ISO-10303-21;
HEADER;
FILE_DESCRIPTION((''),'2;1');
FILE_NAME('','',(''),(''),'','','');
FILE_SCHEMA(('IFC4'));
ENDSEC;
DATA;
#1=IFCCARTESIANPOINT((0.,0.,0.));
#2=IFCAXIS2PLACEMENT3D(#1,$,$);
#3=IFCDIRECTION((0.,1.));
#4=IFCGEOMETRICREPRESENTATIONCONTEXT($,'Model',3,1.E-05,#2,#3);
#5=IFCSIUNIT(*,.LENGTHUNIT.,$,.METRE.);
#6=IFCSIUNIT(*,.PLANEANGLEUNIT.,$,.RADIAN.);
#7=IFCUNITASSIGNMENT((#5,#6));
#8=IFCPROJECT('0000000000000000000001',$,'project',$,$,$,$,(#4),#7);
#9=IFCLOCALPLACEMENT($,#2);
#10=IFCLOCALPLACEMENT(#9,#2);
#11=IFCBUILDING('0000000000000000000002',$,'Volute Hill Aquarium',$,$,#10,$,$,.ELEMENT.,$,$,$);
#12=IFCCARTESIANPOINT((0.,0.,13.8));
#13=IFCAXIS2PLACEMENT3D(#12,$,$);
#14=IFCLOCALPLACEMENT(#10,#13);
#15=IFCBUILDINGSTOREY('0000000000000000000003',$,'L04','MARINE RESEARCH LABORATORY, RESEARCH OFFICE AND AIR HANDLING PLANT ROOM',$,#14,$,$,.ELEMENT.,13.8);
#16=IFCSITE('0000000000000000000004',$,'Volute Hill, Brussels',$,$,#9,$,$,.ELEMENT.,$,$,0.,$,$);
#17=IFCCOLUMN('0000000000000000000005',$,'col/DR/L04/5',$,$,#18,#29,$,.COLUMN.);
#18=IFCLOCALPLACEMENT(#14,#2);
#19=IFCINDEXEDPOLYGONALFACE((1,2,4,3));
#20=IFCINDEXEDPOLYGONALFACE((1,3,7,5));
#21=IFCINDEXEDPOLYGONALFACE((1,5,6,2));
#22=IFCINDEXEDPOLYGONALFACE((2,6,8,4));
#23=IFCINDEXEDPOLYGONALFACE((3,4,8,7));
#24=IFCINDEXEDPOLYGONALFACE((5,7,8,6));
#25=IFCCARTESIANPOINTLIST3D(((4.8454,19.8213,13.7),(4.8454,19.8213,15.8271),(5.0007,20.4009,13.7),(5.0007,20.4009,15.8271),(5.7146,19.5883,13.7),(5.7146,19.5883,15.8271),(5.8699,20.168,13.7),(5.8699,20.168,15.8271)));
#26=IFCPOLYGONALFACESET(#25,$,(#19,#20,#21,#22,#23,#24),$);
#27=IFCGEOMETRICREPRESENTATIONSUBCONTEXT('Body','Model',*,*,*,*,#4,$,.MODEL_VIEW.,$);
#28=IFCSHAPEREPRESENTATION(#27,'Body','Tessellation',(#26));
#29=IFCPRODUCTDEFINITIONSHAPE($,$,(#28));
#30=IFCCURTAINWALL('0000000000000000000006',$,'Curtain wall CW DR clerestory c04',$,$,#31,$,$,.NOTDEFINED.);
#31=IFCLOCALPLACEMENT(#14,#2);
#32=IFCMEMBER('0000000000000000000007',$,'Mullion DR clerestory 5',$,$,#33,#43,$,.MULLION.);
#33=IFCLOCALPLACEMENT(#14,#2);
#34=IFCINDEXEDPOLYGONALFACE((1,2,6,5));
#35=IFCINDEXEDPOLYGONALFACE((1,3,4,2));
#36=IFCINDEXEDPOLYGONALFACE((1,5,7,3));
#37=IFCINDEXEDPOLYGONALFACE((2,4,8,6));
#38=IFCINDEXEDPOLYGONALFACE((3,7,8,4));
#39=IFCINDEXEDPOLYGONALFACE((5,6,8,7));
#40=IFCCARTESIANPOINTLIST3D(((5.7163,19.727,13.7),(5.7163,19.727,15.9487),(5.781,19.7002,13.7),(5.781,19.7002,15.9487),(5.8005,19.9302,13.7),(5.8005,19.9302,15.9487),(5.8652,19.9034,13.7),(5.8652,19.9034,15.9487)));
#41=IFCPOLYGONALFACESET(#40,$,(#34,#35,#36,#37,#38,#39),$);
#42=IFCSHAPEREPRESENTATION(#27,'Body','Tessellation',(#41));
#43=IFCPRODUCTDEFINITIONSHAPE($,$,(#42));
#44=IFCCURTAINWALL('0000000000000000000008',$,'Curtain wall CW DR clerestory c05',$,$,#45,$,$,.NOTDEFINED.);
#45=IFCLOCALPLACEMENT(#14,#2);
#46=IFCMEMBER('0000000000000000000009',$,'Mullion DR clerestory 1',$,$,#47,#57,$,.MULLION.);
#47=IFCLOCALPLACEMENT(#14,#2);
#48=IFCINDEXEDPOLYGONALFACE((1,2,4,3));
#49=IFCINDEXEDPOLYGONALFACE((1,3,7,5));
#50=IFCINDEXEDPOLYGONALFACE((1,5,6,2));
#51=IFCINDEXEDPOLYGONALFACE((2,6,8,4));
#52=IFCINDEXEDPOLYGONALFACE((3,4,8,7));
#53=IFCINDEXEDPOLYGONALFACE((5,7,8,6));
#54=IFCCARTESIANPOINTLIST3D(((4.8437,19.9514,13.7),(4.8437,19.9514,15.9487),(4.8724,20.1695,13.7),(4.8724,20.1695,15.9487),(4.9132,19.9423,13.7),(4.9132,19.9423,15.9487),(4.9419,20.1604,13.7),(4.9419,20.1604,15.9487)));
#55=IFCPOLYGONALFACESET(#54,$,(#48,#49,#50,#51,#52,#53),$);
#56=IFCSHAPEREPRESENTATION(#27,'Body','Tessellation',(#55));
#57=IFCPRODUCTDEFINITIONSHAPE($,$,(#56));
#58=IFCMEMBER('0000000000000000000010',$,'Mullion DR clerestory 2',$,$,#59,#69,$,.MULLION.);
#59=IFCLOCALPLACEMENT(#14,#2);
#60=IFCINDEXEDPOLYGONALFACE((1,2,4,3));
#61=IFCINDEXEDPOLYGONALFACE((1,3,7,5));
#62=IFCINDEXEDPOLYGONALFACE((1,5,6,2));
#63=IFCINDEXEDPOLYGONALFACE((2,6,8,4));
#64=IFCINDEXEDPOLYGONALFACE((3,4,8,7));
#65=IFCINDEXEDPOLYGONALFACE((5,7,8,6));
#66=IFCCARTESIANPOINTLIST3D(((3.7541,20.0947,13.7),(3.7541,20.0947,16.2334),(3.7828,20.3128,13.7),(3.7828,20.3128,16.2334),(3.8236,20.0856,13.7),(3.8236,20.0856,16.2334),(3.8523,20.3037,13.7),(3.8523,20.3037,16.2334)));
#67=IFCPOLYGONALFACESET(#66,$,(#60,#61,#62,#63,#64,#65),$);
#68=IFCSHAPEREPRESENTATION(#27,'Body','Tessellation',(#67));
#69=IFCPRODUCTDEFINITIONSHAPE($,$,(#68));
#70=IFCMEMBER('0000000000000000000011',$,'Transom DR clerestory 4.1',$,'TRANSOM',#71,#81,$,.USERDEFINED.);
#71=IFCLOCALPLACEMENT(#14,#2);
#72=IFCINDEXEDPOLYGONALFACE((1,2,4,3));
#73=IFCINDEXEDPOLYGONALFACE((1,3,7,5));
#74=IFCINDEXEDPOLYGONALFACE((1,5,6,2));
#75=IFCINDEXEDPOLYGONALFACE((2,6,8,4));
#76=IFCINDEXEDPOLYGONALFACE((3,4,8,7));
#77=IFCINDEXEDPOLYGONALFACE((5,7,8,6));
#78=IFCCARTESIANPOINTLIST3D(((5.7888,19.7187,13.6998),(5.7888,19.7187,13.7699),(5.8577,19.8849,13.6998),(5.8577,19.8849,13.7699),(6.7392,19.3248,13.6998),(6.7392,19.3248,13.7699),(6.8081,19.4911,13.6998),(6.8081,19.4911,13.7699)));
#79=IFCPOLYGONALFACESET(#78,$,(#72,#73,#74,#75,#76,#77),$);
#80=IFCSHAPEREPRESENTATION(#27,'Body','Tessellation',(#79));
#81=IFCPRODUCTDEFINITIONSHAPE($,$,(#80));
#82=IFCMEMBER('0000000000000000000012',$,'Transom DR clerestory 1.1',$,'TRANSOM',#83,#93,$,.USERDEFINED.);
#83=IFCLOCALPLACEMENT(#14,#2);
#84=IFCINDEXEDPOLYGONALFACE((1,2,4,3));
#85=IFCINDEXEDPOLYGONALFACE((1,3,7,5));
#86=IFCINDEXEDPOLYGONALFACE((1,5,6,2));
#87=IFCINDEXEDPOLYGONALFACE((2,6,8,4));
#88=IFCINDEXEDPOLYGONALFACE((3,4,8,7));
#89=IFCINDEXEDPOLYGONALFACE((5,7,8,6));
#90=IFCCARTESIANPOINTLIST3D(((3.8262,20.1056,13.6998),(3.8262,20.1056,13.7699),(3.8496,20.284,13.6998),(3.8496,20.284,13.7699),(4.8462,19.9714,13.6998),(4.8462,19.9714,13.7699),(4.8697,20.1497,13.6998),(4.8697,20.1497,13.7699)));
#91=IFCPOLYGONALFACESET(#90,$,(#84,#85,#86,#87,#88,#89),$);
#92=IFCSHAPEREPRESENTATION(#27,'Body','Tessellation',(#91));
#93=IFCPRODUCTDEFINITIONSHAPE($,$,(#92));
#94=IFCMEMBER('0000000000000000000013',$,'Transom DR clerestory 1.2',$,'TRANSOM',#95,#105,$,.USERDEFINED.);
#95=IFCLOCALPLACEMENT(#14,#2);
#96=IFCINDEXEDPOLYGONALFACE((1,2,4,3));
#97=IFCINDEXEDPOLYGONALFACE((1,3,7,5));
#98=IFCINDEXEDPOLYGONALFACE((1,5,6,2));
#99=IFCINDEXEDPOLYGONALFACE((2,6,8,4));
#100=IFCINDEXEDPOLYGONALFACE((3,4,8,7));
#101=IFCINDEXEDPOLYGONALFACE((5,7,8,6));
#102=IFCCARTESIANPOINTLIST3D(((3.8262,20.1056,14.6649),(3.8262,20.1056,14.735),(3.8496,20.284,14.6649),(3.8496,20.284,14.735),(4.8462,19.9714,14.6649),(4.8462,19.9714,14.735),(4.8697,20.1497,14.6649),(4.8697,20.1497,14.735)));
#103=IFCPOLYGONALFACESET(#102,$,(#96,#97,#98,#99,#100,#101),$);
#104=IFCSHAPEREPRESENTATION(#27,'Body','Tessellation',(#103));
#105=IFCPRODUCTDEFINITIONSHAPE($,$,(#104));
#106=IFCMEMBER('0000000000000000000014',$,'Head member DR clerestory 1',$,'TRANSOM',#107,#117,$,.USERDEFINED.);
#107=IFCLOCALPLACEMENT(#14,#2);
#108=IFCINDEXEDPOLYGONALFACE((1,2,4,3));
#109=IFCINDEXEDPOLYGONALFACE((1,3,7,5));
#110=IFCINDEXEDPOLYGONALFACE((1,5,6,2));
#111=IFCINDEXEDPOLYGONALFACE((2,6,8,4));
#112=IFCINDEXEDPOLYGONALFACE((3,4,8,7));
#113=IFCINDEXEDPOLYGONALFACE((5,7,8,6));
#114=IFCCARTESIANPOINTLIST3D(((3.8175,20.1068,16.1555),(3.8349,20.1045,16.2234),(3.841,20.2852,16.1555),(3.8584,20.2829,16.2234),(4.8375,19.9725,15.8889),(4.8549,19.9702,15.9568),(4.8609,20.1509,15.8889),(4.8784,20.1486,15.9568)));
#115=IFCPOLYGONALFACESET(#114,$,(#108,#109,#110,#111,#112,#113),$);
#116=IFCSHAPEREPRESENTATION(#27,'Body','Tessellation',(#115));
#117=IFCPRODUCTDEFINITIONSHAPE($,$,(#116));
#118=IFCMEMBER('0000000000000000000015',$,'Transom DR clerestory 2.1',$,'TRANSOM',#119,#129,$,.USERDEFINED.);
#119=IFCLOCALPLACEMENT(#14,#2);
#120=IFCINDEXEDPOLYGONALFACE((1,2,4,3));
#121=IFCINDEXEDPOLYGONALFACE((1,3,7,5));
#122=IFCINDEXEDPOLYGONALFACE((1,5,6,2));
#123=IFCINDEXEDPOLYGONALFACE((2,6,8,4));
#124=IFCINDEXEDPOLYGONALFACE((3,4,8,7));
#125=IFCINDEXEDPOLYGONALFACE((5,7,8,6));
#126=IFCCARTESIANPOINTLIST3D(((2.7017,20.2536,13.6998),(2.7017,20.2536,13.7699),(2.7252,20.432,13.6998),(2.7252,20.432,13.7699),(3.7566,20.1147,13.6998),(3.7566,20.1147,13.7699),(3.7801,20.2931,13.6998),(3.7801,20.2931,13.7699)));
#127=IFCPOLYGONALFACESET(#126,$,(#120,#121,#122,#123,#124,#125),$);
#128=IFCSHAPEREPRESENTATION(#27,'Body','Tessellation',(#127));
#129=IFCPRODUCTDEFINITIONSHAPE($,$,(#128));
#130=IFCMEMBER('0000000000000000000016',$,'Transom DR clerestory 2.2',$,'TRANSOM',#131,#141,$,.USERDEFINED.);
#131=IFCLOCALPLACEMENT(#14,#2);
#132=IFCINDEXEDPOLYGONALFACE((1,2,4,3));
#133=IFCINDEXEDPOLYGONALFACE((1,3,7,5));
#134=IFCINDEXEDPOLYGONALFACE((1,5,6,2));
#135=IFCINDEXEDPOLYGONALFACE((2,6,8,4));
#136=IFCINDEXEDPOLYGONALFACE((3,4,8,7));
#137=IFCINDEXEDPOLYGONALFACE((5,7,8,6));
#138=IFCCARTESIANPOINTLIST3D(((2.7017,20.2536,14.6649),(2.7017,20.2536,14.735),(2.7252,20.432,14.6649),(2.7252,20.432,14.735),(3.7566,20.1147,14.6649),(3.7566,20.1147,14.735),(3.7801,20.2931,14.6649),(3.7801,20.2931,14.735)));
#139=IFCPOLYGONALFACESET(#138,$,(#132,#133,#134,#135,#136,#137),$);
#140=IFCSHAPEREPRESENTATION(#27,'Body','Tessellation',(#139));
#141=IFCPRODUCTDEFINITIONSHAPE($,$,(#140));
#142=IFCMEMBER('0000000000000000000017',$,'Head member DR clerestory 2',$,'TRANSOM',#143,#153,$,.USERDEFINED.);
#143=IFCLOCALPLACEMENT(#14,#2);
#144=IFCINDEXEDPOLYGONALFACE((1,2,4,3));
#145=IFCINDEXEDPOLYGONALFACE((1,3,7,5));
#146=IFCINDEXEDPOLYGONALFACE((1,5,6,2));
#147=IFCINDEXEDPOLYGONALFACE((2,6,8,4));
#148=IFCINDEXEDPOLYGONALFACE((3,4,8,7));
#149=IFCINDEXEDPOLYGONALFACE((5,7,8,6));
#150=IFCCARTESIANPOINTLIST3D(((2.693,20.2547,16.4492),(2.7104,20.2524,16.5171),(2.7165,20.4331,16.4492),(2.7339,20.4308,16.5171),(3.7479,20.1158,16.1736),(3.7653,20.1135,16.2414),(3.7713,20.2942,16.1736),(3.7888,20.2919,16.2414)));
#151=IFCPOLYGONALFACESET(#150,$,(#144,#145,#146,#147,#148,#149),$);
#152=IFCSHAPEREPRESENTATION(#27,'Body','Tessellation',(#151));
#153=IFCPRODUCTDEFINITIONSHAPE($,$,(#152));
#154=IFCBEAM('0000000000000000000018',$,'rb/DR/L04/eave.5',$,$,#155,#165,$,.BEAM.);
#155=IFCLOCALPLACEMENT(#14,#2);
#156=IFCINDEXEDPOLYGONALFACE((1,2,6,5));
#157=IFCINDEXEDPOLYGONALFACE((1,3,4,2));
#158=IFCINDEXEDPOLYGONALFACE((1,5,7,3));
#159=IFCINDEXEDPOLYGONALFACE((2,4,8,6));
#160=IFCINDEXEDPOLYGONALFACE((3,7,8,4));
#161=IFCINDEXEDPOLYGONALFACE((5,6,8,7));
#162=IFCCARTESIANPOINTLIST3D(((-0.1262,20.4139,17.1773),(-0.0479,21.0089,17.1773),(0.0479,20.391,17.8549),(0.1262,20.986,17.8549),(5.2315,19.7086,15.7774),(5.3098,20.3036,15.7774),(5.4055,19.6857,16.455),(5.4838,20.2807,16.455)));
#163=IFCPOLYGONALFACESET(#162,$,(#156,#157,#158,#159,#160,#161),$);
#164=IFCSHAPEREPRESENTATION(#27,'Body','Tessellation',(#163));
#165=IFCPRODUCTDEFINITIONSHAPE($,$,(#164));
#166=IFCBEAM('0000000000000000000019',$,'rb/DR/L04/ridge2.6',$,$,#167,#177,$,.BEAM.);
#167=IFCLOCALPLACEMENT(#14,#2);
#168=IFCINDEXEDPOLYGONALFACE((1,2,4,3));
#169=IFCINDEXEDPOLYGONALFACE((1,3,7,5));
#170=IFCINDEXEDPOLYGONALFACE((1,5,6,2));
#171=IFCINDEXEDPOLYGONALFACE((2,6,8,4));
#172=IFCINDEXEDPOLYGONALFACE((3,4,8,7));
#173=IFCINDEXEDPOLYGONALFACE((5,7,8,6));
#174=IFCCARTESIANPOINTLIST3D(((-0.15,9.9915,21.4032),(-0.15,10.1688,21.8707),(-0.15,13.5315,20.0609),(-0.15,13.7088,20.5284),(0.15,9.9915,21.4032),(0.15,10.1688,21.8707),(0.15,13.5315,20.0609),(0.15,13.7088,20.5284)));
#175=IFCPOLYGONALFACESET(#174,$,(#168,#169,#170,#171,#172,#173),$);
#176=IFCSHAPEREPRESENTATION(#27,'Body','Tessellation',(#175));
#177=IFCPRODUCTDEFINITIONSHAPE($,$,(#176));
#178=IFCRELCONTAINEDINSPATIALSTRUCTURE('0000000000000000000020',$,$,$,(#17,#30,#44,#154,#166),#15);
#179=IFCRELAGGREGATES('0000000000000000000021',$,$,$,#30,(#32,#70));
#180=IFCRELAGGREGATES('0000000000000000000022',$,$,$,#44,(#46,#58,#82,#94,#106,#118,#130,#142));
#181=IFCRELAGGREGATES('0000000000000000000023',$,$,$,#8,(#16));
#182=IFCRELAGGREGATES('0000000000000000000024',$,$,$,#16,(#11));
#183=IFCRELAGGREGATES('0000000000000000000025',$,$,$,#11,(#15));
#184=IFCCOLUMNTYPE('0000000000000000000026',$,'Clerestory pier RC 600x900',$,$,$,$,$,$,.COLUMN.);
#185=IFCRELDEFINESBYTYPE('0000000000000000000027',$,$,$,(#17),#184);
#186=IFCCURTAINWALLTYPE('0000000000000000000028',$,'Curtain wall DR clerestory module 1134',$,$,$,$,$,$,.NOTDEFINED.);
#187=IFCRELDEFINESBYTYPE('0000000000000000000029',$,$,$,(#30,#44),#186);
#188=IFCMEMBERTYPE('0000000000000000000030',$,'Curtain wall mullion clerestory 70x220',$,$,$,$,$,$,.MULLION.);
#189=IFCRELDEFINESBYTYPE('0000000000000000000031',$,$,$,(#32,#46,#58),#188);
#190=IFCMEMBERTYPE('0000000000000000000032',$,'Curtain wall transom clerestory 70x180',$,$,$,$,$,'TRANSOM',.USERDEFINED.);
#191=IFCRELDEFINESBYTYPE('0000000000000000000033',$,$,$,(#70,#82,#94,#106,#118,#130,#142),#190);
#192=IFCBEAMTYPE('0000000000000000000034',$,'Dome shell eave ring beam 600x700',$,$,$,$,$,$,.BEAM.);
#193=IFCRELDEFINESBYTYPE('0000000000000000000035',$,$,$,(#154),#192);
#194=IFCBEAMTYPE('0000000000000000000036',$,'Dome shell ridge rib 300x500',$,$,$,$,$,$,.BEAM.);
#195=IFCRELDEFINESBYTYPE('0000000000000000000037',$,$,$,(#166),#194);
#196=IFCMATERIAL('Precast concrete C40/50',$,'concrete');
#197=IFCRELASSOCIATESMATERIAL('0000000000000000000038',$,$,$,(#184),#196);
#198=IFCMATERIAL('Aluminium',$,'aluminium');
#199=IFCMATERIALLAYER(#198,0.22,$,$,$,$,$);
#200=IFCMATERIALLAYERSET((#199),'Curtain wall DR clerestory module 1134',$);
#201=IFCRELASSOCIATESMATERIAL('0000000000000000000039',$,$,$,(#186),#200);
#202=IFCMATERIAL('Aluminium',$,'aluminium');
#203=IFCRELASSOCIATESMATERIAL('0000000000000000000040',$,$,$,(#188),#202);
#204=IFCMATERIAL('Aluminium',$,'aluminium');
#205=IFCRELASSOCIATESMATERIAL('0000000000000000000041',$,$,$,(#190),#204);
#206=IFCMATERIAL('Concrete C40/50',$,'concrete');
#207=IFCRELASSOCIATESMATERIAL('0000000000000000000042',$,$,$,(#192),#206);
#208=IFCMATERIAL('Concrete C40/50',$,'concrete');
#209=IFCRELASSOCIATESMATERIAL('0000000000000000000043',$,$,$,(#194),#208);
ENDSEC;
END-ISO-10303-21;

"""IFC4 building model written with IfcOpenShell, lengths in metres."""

from ifc_helpers import new_model, si_unit, direction, frame, origin, origin_2d, place, context, subcontext, project, spatial, rectangle, extrude, material, layer, layer_set, material_profile, profile_set, type_object, element, aggregate, save


model = new_model("IFC4")

# Units and contexts
model_context = context("Model", 3, precision=1e-05, world=origin(), true_north=direction((0.0, 1.0)))
body_context = subcontext(model_context, "Body", "Model", "MODEL_VIEW")
ifc_project = project(units=[si_unit("LENGTHUNIT", "METRE"), si_unit("PLANEANGLEUNIT", "RADIAN")], contexts=[model_context])

# Site, building, storey
site_placement = place(None, origin())
site = spatial("IfcSite", under=ifc_project, at=site_placement, Name="Volute Hill, Brussels", CompositionType="ELEMENT", RefElevation=0.0)
building_placement = place(site_placement, origin())
building = spatial("IfcBuilding", under=site, at=building_placement, Name="Volute Hill Aquarium", CompositionType="ELEMENT")
storey_placement = place(building_placement, frame((0.0, 0.0, 13.8)))
storey = spatial("IfcBuildingStorey", under=building, at=storey_placement, Name="L04", Description="MARINE RESEARCH LABORATORY, RESEARCH OFFICE AND AIR HANDLING PLANT ROOM", CompositionType="ELEMENT", Elevation=13.8)

# Column
ifc_material_1 = material(Name="Precast concrete C40/50", Category="concrete")
ifc_material_profile_1 = material_profile(ifc_material_1, rectangle(XDim=0.6001, YDim=0.8999, at=origin_2d()), Name="RC pier 600x900")
ifc_profile_set_1 = profile_set([ifc_material_profile_1], Name="Precast concrete C40/50")
column_type = type_object("IfcColumnType", Name="Clerestory pier RC 600x900", PredefinedType="COLUMN", material=ifc_profile_set_1)
column_placement = place(storey_placement, frame((5.3577, 19.9946, 13.7), z_axis=(0.0, 0.0, 1.0), x_axis=(0.258819, 0.965926, 0.0)))
element("IfcColumn", 1, at=column_placement, inside=storey, type_object=column_type, Name="col/DR/L04/5", PredefinedType="COLUMN", context=body_context, shape_type="SweptSolid", body=[
    extrude(rectangle(XDim=0.6001, YDim=0.8999, at=origin_2d()), origin(), (0.0, 0.0, 1.0), 2.1272),
])

# Curtain wall, member
ifc_material_2 = material(Name="Aluminium", Category="aluminium")
ifc_layer_1 = layer(ifc_material_2, 0.22)
ifc_layer_set_1 = layer_set([ifc_layer_1], Name="Curtain wall DR clerestory module 1134")
curtain_wall_type = type_object("IfcCurtainWallType", Name="Curtain wall DR clerestory module 1134", PredefinedType="NOTDEFINED", material=ifc_layer_set_1)
curtain_wall_1_placement = place(storey_placement, origin())
curtain_wall_1 = element("IfcCurtainWall", 2, at=curtain_wall_1_placement, inside=storey, type_object=curtain_wall_type, Name="Curtain wall CW DR clerestory c04", PredefinedType="NOTDEFINED")
ifc_material_3 = material(Name="Aluminium", Category="aluminium")
ifc_material_profile_2 = material_profile(ifc_material_3, rectangle(XDim=0.22, YDim=0.0701, at=origin_2d()), Name="Curtain wall mullion clerestory 70x220")
ifc_profile_set_2 = profile_set([ifc_material_profile_2], Name="Aluminium")
member_type_1 = type_object("IfcMemberType", Name="Curtain wall mullion clerestory 70x220", PredefinedType="MULLION", material=ifc_profile_set_2)
member_1_placement = place(storey_placement, frame((5.7908, 19.8152, 13.7), z_axis=(0.0, 0.0, 1.0), x_axis=(-0.382696, -0.923874, 0.0)))
member_1 = element("IfcMember", 3, at=member_1_placement, type_object=member_type_1, Name="Mullion DR clerestory 5", PredefinedType="MULLION", context=body_context, shape_type="SweptSolid", body=[
    extrude(rectangle(XDim=0.22, YDim=0.0701, at=origin_2d()), origin(), (0.0, 0.0, 1.0), 2.2488),
])

# Curtain wall, members
curtain_wall_2_placement = place(storey_placement, origin())
curtain_wall_2 = element("IfcCurtainWall", 4, at=curtain_wall_2_placement, inside=storey, type_object=curtain_wall_type, Name="Curtain wall CW DR clerestory c05", PredefinedType="NOTDEFINED")
member_2_placement = place(storey_placement, frame((4.8928, 20.0559, 13.7), z_axis=(0.0, 0.0, 1.0), x_axis=(-0.130519, -0.991446, 0.0)))
member_2 = element("IfcMember", 5, at=member_2_placement, type_object=member_type_1, Name="Mullion DR clerestory 1", PredefinedType="MULLION", context=body_context, shape_type="SweptSolid", body=[
    extrude(rectangle(XDim=0.22, YDim=0.0701, at=origin_2d()), origin(), (0.0, 0.0, 1.0), 2.2488),
])
member_3_placement = place(storey_placement, frame((3.8032, 20.1992, 13.7), z_axis=(0.0, 0.0, 1.0), x_axis=(-0.130519, -0.991446, 0.0)))
member_3 = element("IfcMember", 6, at=member_3_placement, type_object=member_type_1, Name="Mullion DR clerestory 2", PredefinedType="MULLION", context=body_context, shape_type="SweptSolid", body=[
    extrude(rectangle(XDim=0.22, YDim=0.0701, at=origin_2d()), origin(), (0.0, 0.0, 1.0), 2.5334),
])

# Members
ifc_material_4 = material(Name="Aluminium", Category="aluminium")
ifc_material_profile_3 = material_profile(ifc_material_4, rectangle(XDim=0.1799, YDim=0.0701, at=origin_2d()), Name="Curtain wall transom clerestory 70x180")
ifc_profile_set_3 = profile_set([ifc_material_profile_3], Name="Aluminium")
member_type_2 = type_object("IfcMemberType", Name="Curtain wall transom clerestory 70x180", ElementType="TRANSOM", PredefinedType="USERDEFINED", material=ifc_profile_set_3)
member_4_placement = place(storey_placement, frame((6.7737, 19.408, 13.7349), z_axis=(-0.92384, 0.382778, 0.0), x_axis=(-0.382778, -0.92384, 0.0)))
member_4 = element("IfcMember", 7, at=member_4_placement, type_object=member_type_2, Name="Transom DR clerestory 4.1", ObjectType="TRANSOM", PredefinedType="USERDEFINED", context=body_context, shape_type="SweptSolid", body=[
    extrude(rectangle(XDim=0.1799, YDim=0.0701, at=origin_2d()), origin(), (0.0, 0.0, 1.0), 1.0288),
])
member_5_placement = place(storey_placement, frame((4.8579, 20.0605, 13.7349), z_axis=(-0.991446, 0.130516, 0.0), x_axis=(-0.130516, -0.991446, 0.0)))
member_5 = element("IfcMember", 8, at=member_5_placement, type_object=member_type_2, Name="Transom DR clerestory 1.1", ObjectType="TRANSOM", PredefinedType="USERDEFINED", context=body_context, shape_type="SweptSolid", body=[
    extrude(rectangle(XDim=0.1799, YDim=0.0701, at=origin_2d()), origin(), (0.0, 0.0, 1.0), 1.0288),
])
member_6_placement = place(storey_placement, frame((4.8579, 20.0605, 14.7), z_axis=(-0.991446, 0.130516, 0.0), x_axis=(-0.130516, -0.991446, 0.0)))
member_6 = element("IfcMember", 9, at=member_6_placement, type_object=member_type_2, Name="Transom DR clerestory 1.2", ObjectType="TRANSOM", PredefinedType="USERDEFINED", context=body_context, shape_type="SweptSolid", body=[
    extrude(rectangle(XDim=0.1799, YDim=0.0701, at=origin_2d()), origin(), (0.0, 0.0, 1.0), 1.0288),
])
member_7_placement = place(storey_placement, frame((4.8579, 20.0605, 15.9229), z_axis=(-0.959746, 0.126343, 0.250848), x_axis=(-0.130516, -0.991446, 0.0)))
member_7 = element("IfcMember", 10, at=member_7_placement, type_object=member_type_2, Name="Head member DR clerestory 1", ObjectType="TRANSOM", PredefinedType="USERDEFINED", context=body_context, shape_type="SweptSolid", body=[
    extrude(rectangle(XDim=0.1799, YDim=0.0701, at=origin_2d()), origin(), (0.0, 0.0, 1.0), 1.0627),
])
member_8_placement = place(storey_placement, frame((3.7683, 20.2039, 13.7349), z_axis=(-0.991441, 0.130555, 0.0), x_axis=(-0.130555, -0.991441, 0.0)))
member_8 = element("IfcMember", 11, at=member_8_placement, type_object=member_type_2, Name="Transom DR clerestory 2.1", ObjectType="TRANSOM", PredefinedType="USERDEFINED", context=body_context, shape_type="SweptSolid", body=[
    extrude(rectangle(XDim=0.1799, YDim=0.0701, at=origin_2d()), origin(), (0.0, 0.0, 1.0), 1.064),
])
member_9_placement = place(storey_placement, frame((3.7683, 20.2039, 14.7), z_axis=(-0.991441, 0.130555, 0.0), x_axis=(-0.130555, -0.991441, 0.0)))
member_9 = element("IfcMember", 12, at=member_9_placement, type_object=member_type_2, Name="Transom DR clerestory 2.2", ObjectType="TRANSOM", PredefinedType="USERDEFINED", context=body_context, shape_type="SweptSolid", body=[
    extrude(rectangle(XDim=0.1799, YDim=0.0701, at=origin_2d()), origin(), (0.0, 0.0, 1.0), 1.064),
])
member_10_placement = place(storey_placement, frame((3.7683, 20.2039, 16.2075), z_axis=(-0.959762, 0.126384, 0.250769), x_axis=(-0.130555, -0.991441, 0.0)))
member_10 = element("IfcMember", 13, at=member_10_placement, type_object=member_type_2, Name="Head member DR clerestory 2", ObjectType="TRANSOM", PredefinedType="USERDEFINED", context=body_context, shape_type="SweptSolid", body=[
    extrude(rectangle(XDim=0.1799, YDim=0.0701, at=origin_2d()), origin(), (0.0, 0.0, 1.0), 1.0991),
])

# Beams
ifc_material_5 = material(Name="Concrete C40/50", Category="concrete")
ifc_material_profile_4 = material_profile(ifc_material_5, rectangle(XDim=0.6001, YDim=0.7, at=origin_2d()), Name="RC beam 600x700")
ifc_profile_set_4 = profile_set([ifc_material_profile_4], Name="Concrete C40/50")
beam_type_1 = type_object("IfcBeamType", Name="Dome shell eave ring beam 600x700", PredefinedType="BEAM", material=ifc_profile_set_4)
beam_1_placement = place(storey_placement, frame((5.3577, 19.9946, 16.1162), z_axis=(-0.959764, 0.12635, 0.250776), x_axis=(-0.130521, -0.991446, 0.0)))
element("IfcBeam", 14, at=beam_1_placement, inside=storey, type_object=beam_type_1, Name="rb/DR/L04/eave.5", PredefinedType="BEAM", context=body_context, shape_type="SweptSolid", body=[
    extrude(rectangle(XDim=0.6001, YDim=0.7, at=origin_2d()), origin(), (0.0, 0.0, 1.0), 5.5823),
])
ifc_material_6 = material(Name="Concrete C40/50", Category="concrete")
ifc_material_profile_5 = material_profile(ifc_material_6, rectangle(XDim=0.3, YDim=0.5, at=origin_2d()), Name="RC rib 300x500")
ifc_profile_set_5 = profile_set([ifc_material_profile_5], Name="Concrete C40/50")
beam_type_2 = type_object("IfcBeamType", Name="Dome shell ridge rib 300x500", PredefinedType="BEAM", material=ifc_profile_set_5)
beam_2_placement = place(storey_placement, frame((0.0, 13.6201, 20.2947), z_axis=(0.0, -0.93504, 0.354541), x_axis=(1.0, 0.0, 0.0)))
element("IfcBeam", 15, at=beam_2_placement, inside=storey, type_object=beam_type_2, Name="rb/DR/L04/ridge2.6", PredefinedType="BEAM", context=body_context, shape_type="SweptSolid", body=[
    extrude(rectangle(XDim=0.3, YDim=0.5, at=origin_2d()), origin(), (0.0, 0.0, 1.0), 3.7859),
])

aggregate(curtain_wall_1, [member_1, member_4])
aggregate(curtain_wall_2, [member_2, member_3, member_5, member_6, member_7, member_8, member_9, member_10])

save(model, "model.ifc")
